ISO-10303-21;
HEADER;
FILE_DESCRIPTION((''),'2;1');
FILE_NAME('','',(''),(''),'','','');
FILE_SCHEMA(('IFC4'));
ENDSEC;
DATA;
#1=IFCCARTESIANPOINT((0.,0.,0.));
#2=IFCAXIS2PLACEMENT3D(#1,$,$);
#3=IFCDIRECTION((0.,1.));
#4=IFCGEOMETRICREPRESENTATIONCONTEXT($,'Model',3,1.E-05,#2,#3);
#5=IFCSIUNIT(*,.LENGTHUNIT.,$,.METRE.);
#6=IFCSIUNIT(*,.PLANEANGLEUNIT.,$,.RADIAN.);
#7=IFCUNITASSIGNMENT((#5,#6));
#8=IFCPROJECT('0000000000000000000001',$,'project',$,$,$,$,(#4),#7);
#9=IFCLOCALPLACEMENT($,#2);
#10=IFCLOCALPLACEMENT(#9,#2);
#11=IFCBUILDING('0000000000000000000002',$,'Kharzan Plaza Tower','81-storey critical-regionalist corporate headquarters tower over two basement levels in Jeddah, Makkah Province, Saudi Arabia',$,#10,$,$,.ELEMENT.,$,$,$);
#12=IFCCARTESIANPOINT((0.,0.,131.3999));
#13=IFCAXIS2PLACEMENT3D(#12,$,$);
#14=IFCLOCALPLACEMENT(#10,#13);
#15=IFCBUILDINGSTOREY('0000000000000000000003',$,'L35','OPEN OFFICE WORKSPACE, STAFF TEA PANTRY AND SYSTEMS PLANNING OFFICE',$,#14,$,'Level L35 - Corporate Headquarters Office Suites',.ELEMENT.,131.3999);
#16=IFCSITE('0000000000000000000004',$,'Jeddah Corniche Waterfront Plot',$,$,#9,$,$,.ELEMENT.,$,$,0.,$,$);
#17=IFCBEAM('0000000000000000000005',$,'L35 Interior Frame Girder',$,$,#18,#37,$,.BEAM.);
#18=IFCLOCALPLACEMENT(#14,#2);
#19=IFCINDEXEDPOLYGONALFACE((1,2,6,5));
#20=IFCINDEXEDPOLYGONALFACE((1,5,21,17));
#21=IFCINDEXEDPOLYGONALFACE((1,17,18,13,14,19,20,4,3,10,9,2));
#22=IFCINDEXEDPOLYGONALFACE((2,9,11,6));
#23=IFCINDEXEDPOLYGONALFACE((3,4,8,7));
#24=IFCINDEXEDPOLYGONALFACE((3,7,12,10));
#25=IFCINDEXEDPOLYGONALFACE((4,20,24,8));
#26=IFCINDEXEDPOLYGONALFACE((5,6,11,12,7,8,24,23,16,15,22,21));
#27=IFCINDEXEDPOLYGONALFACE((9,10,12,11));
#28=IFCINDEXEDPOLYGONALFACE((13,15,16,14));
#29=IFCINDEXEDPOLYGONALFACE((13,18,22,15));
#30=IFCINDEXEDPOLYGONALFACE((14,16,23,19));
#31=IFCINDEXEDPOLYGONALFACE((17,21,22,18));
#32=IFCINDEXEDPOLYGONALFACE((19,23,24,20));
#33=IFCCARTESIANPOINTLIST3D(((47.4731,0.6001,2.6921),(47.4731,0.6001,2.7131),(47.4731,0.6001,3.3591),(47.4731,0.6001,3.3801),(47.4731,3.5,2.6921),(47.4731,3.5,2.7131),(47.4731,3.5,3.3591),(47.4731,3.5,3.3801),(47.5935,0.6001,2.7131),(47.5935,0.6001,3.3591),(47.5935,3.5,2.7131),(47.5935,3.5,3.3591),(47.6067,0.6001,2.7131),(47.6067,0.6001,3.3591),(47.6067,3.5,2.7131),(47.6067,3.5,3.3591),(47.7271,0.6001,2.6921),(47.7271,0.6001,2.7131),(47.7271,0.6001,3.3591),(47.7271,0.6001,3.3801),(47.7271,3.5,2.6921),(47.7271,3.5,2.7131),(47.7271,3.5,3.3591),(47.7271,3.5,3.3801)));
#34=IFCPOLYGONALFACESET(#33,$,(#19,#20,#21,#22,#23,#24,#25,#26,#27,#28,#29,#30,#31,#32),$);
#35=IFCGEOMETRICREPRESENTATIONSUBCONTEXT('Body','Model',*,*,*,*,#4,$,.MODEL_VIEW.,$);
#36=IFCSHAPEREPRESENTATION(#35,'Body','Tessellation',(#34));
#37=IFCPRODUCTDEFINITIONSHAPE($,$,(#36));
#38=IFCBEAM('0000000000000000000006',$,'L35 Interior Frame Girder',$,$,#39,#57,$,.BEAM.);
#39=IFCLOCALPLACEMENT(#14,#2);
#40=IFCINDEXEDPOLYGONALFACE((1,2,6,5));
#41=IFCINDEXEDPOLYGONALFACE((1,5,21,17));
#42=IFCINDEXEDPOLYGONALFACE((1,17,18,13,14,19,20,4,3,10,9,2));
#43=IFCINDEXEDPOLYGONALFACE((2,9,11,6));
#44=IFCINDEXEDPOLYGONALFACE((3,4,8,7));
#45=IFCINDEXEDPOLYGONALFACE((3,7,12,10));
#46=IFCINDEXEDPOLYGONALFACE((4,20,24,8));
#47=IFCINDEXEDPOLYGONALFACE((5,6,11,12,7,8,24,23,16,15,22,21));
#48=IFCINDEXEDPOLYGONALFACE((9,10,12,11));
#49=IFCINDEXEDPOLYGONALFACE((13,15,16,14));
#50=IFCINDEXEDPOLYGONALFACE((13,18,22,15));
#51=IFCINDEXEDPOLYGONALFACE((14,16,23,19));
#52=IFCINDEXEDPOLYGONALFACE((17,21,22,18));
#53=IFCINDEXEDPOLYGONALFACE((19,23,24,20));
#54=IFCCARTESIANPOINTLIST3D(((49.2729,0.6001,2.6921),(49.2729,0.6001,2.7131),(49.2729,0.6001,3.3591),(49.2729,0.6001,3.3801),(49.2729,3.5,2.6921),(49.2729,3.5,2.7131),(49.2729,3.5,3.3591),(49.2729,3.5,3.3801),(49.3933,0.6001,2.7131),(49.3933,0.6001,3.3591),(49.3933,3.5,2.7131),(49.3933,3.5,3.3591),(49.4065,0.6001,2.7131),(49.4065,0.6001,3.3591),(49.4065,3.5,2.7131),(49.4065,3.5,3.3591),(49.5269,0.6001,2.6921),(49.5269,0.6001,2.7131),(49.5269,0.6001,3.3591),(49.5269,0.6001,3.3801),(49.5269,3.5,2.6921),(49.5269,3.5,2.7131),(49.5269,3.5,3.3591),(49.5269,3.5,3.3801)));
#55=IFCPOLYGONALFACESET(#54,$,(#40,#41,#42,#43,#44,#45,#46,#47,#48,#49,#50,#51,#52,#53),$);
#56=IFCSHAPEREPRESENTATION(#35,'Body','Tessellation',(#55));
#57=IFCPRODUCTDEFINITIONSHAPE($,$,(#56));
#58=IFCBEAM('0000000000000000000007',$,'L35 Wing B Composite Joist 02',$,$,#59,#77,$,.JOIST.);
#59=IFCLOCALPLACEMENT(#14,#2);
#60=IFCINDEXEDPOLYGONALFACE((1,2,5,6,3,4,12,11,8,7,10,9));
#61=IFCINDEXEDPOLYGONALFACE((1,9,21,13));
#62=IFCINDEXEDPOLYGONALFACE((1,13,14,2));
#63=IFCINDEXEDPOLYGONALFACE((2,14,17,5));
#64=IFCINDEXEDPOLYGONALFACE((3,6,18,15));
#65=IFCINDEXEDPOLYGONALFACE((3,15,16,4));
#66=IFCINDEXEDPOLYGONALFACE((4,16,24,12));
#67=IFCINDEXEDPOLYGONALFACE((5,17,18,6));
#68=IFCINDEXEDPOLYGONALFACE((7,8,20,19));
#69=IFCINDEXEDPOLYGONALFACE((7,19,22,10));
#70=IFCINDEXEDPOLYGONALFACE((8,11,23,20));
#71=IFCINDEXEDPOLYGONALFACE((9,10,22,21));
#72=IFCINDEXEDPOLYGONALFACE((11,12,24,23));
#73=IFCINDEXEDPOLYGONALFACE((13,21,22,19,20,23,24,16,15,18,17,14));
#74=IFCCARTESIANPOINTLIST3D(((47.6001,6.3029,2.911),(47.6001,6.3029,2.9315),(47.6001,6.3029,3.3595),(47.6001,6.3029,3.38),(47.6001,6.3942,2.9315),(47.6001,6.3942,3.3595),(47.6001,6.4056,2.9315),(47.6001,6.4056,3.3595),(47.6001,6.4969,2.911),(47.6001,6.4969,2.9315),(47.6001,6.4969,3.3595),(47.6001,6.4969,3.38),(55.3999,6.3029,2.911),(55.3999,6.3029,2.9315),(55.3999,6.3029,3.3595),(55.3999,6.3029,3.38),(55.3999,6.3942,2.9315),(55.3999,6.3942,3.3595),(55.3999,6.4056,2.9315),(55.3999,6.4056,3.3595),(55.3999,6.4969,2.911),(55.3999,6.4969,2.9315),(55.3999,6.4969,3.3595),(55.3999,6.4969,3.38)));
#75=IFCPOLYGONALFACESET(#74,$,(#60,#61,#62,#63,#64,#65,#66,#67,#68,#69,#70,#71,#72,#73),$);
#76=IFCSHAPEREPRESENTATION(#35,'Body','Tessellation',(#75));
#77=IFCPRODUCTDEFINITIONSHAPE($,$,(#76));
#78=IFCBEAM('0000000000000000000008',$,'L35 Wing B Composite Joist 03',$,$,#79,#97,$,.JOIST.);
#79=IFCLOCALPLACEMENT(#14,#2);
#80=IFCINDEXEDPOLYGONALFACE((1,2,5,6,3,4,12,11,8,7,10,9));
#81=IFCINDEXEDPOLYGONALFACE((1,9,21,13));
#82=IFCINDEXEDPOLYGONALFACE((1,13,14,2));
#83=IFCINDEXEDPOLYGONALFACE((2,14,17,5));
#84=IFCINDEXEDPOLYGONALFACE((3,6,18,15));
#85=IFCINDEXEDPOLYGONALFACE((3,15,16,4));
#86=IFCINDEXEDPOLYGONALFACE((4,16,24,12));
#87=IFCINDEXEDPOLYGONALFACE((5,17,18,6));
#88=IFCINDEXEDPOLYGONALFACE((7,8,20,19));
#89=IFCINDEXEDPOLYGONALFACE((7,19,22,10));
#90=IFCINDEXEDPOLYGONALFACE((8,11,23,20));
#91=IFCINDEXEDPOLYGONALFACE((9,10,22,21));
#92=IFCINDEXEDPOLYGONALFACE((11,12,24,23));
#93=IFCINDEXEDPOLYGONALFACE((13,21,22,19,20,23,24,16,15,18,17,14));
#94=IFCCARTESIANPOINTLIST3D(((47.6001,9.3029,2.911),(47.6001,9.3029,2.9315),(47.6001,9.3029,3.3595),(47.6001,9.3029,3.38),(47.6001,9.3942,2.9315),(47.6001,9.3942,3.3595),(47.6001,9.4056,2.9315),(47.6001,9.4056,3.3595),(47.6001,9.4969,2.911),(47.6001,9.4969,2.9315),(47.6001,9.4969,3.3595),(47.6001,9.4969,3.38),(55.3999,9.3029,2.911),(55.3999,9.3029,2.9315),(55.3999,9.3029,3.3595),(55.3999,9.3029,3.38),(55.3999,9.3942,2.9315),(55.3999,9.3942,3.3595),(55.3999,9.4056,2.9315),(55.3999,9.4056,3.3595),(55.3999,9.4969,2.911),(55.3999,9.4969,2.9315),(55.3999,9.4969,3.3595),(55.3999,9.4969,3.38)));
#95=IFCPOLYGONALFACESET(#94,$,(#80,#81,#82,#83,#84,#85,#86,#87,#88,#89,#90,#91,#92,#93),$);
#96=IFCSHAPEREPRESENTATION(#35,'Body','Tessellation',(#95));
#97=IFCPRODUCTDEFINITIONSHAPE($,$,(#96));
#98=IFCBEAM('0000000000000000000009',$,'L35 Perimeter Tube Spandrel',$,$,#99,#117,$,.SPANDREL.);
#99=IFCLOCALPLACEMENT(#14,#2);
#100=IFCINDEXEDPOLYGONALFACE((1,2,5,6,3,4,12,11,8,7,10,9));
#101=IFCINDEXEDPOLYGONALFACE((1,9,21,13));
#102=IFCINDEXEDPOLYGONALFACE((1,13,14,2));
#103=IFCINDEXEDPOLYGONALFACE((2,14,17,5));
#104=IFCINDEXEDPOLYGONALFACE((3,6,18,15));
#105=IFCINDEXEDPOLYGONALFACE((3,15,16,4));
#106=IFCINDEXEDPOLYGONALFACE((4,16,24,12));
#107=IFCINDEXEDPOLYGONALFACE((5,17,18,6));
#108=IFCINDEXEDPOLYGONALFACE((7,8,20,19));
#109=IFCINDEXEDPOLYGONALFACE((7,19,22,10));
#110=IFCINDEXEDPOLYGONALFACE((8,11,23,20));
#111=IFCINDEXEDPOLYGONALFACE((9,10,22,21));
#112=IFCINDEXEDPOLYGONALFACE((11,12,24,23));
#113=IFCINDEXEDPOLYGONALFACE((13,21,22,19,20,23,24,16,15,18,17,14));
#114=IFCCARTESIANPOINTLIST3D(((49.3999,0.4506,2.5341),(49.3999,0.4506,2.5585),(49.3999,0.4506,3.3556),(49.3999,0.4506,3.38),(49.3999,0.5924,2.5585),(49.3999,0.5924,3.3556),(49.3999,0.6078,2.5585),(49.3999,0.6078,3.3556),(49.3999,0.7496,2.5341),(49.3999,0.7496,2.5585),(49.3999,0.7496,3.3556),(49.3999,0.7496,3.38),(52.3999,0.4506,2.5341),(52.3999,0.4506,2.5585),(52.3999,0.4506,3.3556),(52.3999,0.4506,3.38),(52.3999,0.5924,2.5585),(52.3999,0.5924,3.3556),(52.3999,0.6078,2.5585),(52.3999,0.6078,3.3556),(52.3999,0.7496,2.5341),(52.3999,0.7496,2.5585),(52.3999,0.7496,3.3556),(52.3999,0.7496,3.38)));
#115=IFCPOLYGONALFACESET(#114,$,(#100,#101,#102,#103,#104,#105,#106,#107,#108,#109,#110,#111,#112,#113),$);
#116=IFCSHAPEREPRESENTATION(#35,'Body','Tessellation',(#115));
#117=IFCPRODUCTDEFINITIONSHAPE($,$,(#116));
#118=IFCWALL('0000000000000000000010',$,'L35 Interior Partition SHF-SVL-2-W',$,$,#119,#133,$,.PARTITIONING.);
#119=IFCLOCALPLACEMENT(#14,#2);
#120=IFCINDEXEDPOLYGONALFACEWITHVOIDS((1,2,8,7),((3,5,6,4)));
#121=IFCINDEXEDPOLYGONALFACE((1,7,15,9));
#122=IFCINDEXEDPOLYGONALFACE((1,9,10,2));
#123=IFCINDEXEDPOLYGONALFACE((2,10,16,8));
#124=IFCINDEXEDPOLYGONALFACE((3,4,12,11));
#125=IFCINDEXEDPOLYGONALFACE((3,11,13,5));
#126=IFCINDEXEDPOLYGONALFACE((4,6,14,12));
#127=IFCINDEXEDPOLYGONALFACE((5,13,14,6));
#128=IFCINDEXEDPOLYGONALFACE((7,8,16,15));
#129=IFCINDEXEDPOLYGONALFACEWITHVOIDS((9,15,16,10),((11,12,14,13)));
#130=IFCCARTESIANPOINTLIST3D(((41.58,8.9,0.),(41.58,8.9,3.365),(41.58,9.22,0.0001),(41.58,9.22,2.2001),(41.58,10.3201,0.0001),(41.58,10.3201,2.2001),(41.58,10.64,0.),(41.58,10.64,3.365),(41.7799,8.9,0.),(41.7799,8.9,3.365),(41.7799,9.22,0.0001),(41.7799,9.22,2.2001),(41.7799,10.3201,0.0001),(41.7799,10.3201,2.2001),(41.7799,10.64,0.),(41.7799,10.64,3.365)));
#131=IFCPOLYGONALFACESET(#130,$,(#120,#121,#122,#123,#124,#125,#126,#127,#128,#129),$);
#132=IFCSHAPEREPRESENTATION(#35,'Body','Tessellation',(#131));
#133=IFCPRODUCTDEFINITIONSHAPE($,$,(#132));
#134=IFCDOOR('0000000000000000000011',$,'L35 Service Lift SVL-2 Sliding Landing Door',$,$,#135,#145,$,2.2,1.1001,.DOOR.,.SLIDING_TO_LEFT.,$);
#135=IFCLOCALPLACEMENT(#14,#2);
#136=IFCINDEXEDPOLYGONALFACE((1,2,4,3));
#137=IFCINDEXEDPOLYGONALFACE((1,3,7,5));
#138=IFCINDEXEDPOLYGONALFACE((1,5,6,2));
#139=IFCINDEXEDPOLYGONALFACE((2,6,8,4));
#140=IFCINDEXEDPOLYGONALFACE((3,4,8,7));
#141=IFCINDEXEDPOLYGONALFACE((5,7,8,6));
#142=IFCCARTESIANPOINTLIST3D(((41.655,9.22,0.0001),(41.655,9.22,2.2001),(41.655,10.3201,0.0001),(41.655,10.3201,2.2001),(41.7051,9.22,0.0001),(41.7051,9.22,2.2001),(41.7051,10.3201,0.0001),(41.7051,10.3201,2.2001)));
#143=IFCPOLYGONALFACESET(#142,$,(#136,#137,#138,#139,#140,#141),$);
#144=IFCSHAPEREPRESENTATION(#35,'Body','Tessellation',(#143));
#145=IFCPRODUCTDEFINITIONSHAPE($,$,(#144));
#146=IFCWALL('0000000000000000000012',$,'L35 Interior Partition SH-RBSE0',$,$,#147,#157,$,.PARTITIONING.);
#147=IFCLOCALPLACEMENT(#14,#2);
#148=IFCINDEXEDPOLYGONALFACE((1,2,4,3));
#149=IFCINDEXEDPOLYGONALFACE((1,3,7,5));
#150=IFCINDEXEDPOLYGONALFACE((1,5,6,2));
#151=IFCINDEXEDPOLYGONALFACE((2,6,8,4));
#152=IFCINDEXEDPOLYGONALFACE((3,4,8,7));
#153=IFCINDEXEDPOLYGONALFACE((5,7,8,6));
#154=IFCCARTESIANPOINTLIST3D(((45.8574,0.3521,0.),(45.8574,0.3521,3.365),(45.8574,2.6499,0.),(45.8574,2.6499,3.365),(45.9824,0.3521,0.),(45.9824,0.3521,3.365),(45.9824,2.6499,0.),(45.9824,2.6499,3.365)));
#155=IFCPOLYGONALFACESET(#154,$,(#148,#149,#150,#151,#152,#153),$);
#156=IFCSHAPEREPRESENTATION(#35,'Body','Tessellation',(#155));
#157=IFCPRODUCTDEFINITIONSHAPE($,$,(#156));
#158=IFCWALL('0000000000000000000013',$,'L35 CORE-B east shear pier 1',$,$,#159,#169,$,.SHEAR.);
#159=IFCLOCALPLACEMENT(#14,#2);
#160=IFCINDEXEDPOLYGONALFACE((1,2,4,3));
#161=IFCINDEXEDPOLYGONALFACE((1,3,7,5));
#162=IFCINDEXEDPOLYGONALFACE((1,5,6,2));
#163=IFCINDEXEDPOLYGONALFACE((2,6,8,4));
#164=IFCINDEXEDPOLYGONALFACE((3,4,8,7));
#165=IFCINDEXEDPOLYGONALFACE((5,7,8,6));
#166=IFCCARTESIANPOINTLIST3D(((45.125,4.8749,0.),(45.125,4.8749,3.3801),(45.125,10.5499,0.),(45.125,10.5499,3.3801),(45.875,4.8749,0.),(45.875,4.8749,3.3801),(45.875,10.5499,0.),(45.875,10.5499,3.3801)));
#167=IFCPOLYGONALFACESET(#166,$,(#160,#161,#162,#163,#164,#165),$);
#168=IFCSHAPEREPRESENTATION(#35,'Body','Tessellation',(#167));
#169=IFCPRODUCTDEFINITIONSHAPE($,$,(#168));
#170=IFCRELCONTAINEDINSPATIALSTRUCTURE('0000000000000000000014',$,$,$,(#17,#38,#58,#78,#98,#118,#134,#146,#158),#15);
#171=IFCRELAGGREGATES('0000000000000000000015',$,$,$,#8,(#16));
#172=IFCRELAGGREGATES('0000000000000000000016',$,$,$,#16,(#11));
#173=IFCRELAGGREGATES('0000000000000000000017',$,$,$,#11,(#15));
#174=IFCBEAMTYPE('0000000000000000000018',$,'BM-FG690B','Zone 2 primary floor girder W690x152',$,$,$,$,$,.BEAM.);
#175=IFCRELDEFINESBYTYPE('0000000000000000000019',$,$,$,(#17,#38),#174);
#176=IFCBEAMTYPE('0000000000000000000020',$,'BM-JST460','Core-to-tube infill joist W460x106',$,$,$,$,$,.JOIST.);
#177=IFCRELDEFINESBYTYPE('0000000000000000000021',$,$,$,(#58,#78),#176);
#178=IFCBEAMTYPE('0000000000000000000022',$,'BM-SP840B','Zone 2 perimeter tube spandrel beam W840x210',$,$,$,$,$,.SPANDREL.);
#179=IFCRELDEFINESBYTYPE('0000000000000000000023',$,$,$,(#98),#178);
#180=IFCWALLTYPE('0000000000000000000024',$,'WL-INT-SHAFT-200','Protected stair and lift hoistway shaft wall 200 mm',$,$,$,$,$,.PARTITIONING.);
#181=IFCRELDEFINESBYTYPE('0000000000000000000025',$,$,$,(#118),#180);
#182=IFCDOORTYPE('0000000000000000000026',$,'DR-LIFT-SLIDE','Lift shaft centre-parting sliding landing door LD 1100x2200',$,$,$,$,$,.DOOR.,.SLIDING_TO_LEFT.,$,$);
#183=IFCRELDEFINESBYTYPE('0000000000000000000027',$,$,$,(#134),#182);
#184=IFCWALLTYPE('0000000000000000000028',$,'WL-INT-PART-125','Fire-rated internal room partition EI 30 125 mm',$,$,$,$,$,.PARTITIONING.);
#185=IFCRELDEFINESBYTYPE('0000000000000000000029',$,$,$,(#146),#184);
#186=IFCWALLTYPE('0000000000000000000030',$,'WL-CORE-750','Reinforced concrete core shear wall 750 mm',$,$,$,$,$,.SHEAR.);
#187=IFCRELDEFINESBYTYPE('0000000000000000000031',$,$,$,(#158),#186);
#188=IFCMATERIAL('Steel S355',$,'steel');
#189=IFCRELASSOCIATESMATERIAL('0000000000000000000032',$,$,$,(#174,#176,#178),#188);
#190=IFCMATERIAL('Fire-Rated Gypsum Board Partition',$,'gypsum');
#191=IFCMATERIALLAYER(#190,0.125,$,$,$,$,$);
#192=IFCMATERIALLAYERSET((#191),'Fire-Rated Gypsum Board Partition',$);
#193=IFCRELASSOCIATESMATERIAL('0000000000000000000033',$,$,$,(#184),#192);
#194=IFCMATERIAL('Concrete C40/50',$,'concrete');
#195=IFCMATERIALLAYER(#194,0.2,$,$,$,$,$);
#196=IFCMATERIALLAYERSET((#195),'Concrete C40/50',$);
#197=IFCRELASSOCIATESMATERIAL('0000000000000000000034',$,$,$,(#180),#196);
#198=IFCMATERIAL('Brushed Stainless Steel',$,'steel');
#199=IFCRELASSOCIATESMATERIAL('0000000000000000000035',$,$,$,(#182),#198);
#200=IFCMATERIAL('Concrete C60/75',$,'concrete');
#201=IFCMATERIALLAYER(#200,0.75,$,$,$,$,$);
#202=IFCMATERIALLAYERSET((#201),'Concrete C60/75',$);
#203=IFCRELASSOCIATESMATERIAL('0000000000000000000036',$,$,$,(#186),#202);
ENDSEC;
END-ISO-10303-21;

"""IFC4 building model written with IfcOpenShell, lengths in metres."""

from ifc_helpers import new_model, si_unit, direction, frame, frame_2d, origin, origin_2d, place, context, subcontext, project, spatial, rectangle, i_section, extrude, source, transform, mapped, material, layer, layer_set, material_profile, profile_set, type_object, element, fill, save


model = new_model("IFC4")

# Units and contexts
model_context = context("Model", 3, precision=1e-05, world=origin(), true_north=direction((0.0, 1.0)))
body_context = subcontext(model_context, "Body", "Model", "MODEL_VIEW")
ifc_project = project(units=[si_unit("LENGTHUNIT", "METRE"), si_unit("PLANEANGLEUNIT", "RADIAN")], contexts=[model_context])

# Site, building, storey
site_placement = place(None, origin())
site = spatial("IfcSite", under=ifc_project, at=site_placement, Name="Jeddah Corniche Waterfront Plot", CompositionType="ELEMENT", RefElevation=0.0)
building_placement = place(site_placement, origin())
building = spatial("IfcBuilding", under=site, at=building_placement, Name="Kharzan Plaza Tower", Description="81-storey critical-regionalist corporate headquarters tower over two basement levels in Jeddah, Makkah Province, Saudi Arabia", CompositionType="ELEMENT")
storey_placement = place(building_placement, frame((0.0, 0.0, 131.3999)))
storey = spatial("IfcBuildingStorey", under=building, at=storey_placement, Name="L35", Description="OPEN OFFICE WORKSPACE, STAFF TEA PANTRY AND SYSTEMS PLANNING OFFICE", LongName="Level L35 - Corporate Headquarters Office Suites", CompositionType="ELEMENT", Elevation=131.3999)

# Shared definitions
ifc_material_1 = material(Name="Concrete C60/75", Category="concrete")

# Beams
ifc_material_2 = material(Name="Steel S355", Category="steel")
ifc_material_profile_1 = material_profile(ifc_material_2, i_section(OverallWidth=0.2539, OverallDepth=0.688, WebThickness=0.0132, FlangeThickness=0.021, at=origin_2d()), Name="W690x152")
ifc_profile_set_1 = profile_set([ifc_material_profile_1], Name="Steel S355")
beam_type_1 = type_object("IfcBeamType", Name="BM-FG690B", Description="Zone 2 primary floor girder W690x152", PredefinedType="BEAM", material=ifc_profile_set_1)
shared_shape_1 = source(origin(), body_context, "Body", "SweptSolid", [
    extrude(i_section(OverallWidth=0.2539, OverallDepth=0.688, WebThickness=0.0132, FlangeThickness=0.021, at=origin_2d()), origin(), (0.0, 0.0, 1.0), 2.8999),
])
for number, where, z_axis, x_axis, name in (
    (1, (47.6001, 0.6001, 3.0361), (0.0, 1.0, 0.0), (-1.0, 0.0, 0.0), "L35 Interior Frame Girder"),
    (2, (49.3999, 0.6001, 3.0361), (0.0, 1.0, 0.0), (-1.0, 0.0, 0.0), "L35 Interior Frame Girder"),
):
    element("IfcBeam", number, at=place(storey_placement, frame(where, z_axis=z_axis, x_axis=x_axis)), inside=storey, type_object=beam_type_1, Name=name, PredefinedType="BEAM", context=body_context, shape_type="MappedRepresentation", body=[
        mapped(shared_shape_1, transform((0.0, 0.0, 0.0), x_axis=(1.0, 0.0, 0.0), y_axis=(0.0, 1.0, 0.0), z_axis=(0.0, 0.0, 1.0))),
    ])
ifc_material_profile_2 = material_profile(ifc_material_2, i_section(OverallWidth=0.1941, OverallDepth=0.469, WebThickness=0.0115, FlangeThickness=0.0205, at=origin_2d()), Name="W460x106")
ifc_profile_set_2 = profile_set([ifc_material_profile_2], Name="Steel S355")
beam_type_2 = type_object("IfcBeamType", Name="BM-JST460", Description="Core-to-tube infill joist W460x106", PredefinedType="JOIST", material=ifc_profile_set_2)
shared_shape_2 = source(origin(), body_context, "Body", "SweptSolid", [
    extrude(i_section(OverallWidth=0.1941, OverallDepth=0.469, WebThickness=0.0115, FlangeThickness=0.0205, at=origin_2d()), origin(), (0.0, 0.0, 1.0), 7.7998),
])
for number, where, z_axis, x_axis, name in (
    (3, (47.6001, 6.3999, 3.1455), (1.0, 0.0, 0.0), (0.0, 1.0, 0.0), "L35 Wing B Composite Joist 02"),
    (4, (47.6001, 9.3999, 3.1455), (1.0, 0.0, 0.0), (0.0, 1.0, 0.0), "L35 Wing B Composite Joist 03"),
):
    element("IfcBeam", number, at=place(storey_placement, frame(where, z_axis=z_axis, x_axis=x_axis)), inside=storey, type_object=beam_type_2, Name=name, PredefinedType="JOIST", context=body_context, shape_type="MappedRepresentation", body=[
        mapped(shared_shape_2, transform((0.0, 0.0, 0.0), x_axis=(1.0, 0.0, 0.0), y_axis=(0.0, 1.0, 0.0), z_axis=(0.0, 0.0, 1.0))),
    ])
ifc_material_profile_3 = material_profile(ifc_material_2, i_section(OverallWidth=0.2991, OverallDepth=0.8459, WebThickness=0.0154, FlangeThickness=0.0244, at=origin_2d()), Name="W840x210")
ifc_profile_set_3 = profile_set([ifc_material_profile_3], Name="Steel S355")
beam_type_3 = type_object("IfcBeamType", Name="BM-SP840B", Description="Zone 2 perimeter tube spandrel beam W840x210", PredefinedType="SPANDREL", material=ifc_profile_set_3)
shared_shape_3 = source(origin(), body_context, "Body", "SweptSolid", [
    extrude(i_section(OverallWidth=0.2991, OverallDepth=0.8459, WebThickness=0.0154, FlangeThickness=0.0244, at=origin_2d()), origin(), (0.0, 0.0, 1.0), 3.0),
])
beam_1_placement = place(storey_placement, frame((49.3999, 0.6001, 2.957), z_axis=(1.0, 0.0, 0.0), x_axis=(0.0, 1.0, 0.0)))
element("IfcBeam", 5, at=beam_1_placement, inside=storey, type_object=beam_type_3, Name="L35 Perimeter Tube Spandrel", PredefinedType="SPANDREL", context=body_context, shape_type="MappedRepresentation", body=[
    mapped(shared_shape_3, transform((0.0, 0.0, 0.0), x_axis=(1.0, 0.0, 0.0), y_axis=(0.0, 1.0, 0.0), z_axis=(0.0, 0.0, 1.0))),
])

# Wall, opening, door
ifc_material_3 = material(Name="Fire-Rated Gypsum Board Partition", Category="gypsum")
ifc_layer_1 = layer(ifc_material_3, 0.125)
ifc_layer_set_1 = layer_set([ifc_layer_1], Name="Fire-Rated Gypsum Board Partition")
wall_type_1 = type_object("IfcWallType", Name="WL-INT-PART-125", Description="Fire-rated internal room partition EI 30 125 mm", PredefinedType="PARTITIONING", material=ifc_layer_set_1)
ifc_material_4 = material(Name="Concrete C40/50", Category="concrete")
ifc_layer_2 = layer(ifc_material_4, 0.2)
ifc_layer_set_2 = layer_set([ifc_layer_2], Name="Concrete C40/50")
wall_type_2 = type_object("IfcWallType", Name="WL-INT-SHAFT-200", Description="Protected stair and lift hoistway shaft wall 200 mm", PredefinedType="PARTITIONING", material=ifc_layer_set_2)
wall_1_placement = place(storey_placement, frame((41.6799, 8.8999, 0.0), z_axis=(0.0, 0.0, 1.0), x_axis=(0.0, 1.0, 0.0)))
wall_1 = element("IfcWall", 6, at=wall_1_placement, inside=storey, type_object=wall_type_2, Name="L35 Interior Partition SHF-SVL-2-W", PredefinedType="PARTITIONING", context=body_context, shape_type="SweptSolid", body=[
    extrude(rectangle(XDim=1.74, YDim=0.2, at=frame_2d((0.8701, 0.0))), origin(), (0.0, 0.0, 1.0), 3.365),
])
opening_1_placement = place(wall_1_placement, frame((0.3201, 0.0, 0.0)))
opening_1 = element("IfcOpeningElement", 7, at=opening_1_placement, cuts=wall_1, PredefinedType="OPENING", context=body_context, shape_type="SweptSolid", body=[
    extrude(rectangle(XDim=1.1001, YDim=2.2, at=frame_2d((0.55, 1.1001))), frame((0.0, 0.1099, 0.0), z_axis=(0.0, -1.0, 0.0), x_axis=(1.0, 0.0, 0.0)), (0.0, 0.0, 1.0), 0.22),
])
ifc_material_5 = material(Name="Brushed Stainless Steel", Category="steel")
door_type_1 = type_object("IfcDoorType", Name="DR-LIFT-SLIDE", Description="Lift shaft centre-parting sliding landing door LD 1100x2200", OperationType="SLIDING_TO_LEFT", PredefinedType="DOOR", material=ifc_material_5)
shared_shape_4 = source(origin(), body_context, "Body", "SweptSolid", [
    extrude(rectangle(XDim=1.1001, YDim=2.2, at=frame_2d((0.55, 1.1001))), frame((0.0, 0.0249, 0.0), z_axis=(0.0, -1.0, 0.0), x_axis=(1.0, 0.0, 0.0)), (0.0, 0.0, 1.0), 0.05),
])
door_1_placement = place(opening_1_placement, origin())
door_1 = element("IfcDoor", 8, at=door_1_placement, inside=storey, type_object=door_type_1, Name="L35 Service Lift SVL-2 Sliding Landing Door", OperationType="SLIDING_TO_LEFT", OverallHeight=2.2, OverallWidth=1.1001, PredefinedType="DOOR", context=body_context, shape_type="MappedRepresentation", body=[
    mapped(shared_shape_4, transform((0.0, 0.0, 0.0), x_axis=(1.0, 0.0, 0.0), y_axis=(0.0, 1.0, 0.0), z_axis=(0.0, 0.0, 1.0))),
])
fill(opening_1, door_1)

# Walls
shared_shape_5 = source(origin(), body_context, "Body", "SweptSolid", [
    extrude(rectangle(XDim=2.2979, YDim=0.125, at=frame_2d((1.1489, 0.0))), origin(), (0.0, 0.0, 1.0), 3.365),
])
wall_2_placement = place(storey_placement, frame((45.9199, 0.3521, 0.0), z_axis=(0.0, 0.0, 1.0), x_axis=(0.0, 1.0, 0.0)))
element("IfcWall", 9, at=wall_2_placement, inside=storey, type_object=wall_type_1, Name="L35 Interior Partition SH-RBSE0", PredefinedType="PARTITIONING", context=body_context, shape_type="MappedRepresentation", body=[
    mapped(shared_shape_5, transform((0.0, 0.0, 0.0), x_axis=(1.0, 0.0, 0.0), y_axis=(0.0, 1.0, 0.0), z_axis=(0.0, 0.0, 1.0))),
])
ifc_layer_3 = layer(ifc_material_1, 0.75)
ifc_layer_set_3 = layer_set([ifc_layer_3], Name="Concrete C60/75")
wall_type_3 = type_object("IfcWallType", Name="WL-CORE-750", Description="Reinforced concrete core shear wall 750 mm", PredefinedType="SHEAR", material=ifc_layer_set_3)
shared_shape_6 = source(origin(), body_context, "Body", "SweptSolid", [
    extrude(rectangle(XDim=5.675, YDim=0.75, at=frame_2d((2.8374, 0.0))), origin(), (0.0, 0.0, 1.0), 3.3801),
])
wall_3_placement = place(storey_placement, frame((45.5, 4.875, 0.0), z_axis=(0.0, 0.0, 1.0), x_axis=(0.0, 1.0, 0.0)))
element("IfcWall", 10, at=wall_3_placement, inside=storey, type_object=wall_type_3, Name="L35 CORE-B east shear pier 1", PredefinedType="SHEAR", context=body_context, shape_type="MappedRepresentation", body=[
    mapped(shared_shape_6, transform((0.0, 0.0, 0.0), x_axis=(1.0, 0.0, 0.0), y_axis=(0.0, 1.0, 0.0), z_axis=(0.0, 0.0, 1.0))),
])

save(model, "model.ifc")
